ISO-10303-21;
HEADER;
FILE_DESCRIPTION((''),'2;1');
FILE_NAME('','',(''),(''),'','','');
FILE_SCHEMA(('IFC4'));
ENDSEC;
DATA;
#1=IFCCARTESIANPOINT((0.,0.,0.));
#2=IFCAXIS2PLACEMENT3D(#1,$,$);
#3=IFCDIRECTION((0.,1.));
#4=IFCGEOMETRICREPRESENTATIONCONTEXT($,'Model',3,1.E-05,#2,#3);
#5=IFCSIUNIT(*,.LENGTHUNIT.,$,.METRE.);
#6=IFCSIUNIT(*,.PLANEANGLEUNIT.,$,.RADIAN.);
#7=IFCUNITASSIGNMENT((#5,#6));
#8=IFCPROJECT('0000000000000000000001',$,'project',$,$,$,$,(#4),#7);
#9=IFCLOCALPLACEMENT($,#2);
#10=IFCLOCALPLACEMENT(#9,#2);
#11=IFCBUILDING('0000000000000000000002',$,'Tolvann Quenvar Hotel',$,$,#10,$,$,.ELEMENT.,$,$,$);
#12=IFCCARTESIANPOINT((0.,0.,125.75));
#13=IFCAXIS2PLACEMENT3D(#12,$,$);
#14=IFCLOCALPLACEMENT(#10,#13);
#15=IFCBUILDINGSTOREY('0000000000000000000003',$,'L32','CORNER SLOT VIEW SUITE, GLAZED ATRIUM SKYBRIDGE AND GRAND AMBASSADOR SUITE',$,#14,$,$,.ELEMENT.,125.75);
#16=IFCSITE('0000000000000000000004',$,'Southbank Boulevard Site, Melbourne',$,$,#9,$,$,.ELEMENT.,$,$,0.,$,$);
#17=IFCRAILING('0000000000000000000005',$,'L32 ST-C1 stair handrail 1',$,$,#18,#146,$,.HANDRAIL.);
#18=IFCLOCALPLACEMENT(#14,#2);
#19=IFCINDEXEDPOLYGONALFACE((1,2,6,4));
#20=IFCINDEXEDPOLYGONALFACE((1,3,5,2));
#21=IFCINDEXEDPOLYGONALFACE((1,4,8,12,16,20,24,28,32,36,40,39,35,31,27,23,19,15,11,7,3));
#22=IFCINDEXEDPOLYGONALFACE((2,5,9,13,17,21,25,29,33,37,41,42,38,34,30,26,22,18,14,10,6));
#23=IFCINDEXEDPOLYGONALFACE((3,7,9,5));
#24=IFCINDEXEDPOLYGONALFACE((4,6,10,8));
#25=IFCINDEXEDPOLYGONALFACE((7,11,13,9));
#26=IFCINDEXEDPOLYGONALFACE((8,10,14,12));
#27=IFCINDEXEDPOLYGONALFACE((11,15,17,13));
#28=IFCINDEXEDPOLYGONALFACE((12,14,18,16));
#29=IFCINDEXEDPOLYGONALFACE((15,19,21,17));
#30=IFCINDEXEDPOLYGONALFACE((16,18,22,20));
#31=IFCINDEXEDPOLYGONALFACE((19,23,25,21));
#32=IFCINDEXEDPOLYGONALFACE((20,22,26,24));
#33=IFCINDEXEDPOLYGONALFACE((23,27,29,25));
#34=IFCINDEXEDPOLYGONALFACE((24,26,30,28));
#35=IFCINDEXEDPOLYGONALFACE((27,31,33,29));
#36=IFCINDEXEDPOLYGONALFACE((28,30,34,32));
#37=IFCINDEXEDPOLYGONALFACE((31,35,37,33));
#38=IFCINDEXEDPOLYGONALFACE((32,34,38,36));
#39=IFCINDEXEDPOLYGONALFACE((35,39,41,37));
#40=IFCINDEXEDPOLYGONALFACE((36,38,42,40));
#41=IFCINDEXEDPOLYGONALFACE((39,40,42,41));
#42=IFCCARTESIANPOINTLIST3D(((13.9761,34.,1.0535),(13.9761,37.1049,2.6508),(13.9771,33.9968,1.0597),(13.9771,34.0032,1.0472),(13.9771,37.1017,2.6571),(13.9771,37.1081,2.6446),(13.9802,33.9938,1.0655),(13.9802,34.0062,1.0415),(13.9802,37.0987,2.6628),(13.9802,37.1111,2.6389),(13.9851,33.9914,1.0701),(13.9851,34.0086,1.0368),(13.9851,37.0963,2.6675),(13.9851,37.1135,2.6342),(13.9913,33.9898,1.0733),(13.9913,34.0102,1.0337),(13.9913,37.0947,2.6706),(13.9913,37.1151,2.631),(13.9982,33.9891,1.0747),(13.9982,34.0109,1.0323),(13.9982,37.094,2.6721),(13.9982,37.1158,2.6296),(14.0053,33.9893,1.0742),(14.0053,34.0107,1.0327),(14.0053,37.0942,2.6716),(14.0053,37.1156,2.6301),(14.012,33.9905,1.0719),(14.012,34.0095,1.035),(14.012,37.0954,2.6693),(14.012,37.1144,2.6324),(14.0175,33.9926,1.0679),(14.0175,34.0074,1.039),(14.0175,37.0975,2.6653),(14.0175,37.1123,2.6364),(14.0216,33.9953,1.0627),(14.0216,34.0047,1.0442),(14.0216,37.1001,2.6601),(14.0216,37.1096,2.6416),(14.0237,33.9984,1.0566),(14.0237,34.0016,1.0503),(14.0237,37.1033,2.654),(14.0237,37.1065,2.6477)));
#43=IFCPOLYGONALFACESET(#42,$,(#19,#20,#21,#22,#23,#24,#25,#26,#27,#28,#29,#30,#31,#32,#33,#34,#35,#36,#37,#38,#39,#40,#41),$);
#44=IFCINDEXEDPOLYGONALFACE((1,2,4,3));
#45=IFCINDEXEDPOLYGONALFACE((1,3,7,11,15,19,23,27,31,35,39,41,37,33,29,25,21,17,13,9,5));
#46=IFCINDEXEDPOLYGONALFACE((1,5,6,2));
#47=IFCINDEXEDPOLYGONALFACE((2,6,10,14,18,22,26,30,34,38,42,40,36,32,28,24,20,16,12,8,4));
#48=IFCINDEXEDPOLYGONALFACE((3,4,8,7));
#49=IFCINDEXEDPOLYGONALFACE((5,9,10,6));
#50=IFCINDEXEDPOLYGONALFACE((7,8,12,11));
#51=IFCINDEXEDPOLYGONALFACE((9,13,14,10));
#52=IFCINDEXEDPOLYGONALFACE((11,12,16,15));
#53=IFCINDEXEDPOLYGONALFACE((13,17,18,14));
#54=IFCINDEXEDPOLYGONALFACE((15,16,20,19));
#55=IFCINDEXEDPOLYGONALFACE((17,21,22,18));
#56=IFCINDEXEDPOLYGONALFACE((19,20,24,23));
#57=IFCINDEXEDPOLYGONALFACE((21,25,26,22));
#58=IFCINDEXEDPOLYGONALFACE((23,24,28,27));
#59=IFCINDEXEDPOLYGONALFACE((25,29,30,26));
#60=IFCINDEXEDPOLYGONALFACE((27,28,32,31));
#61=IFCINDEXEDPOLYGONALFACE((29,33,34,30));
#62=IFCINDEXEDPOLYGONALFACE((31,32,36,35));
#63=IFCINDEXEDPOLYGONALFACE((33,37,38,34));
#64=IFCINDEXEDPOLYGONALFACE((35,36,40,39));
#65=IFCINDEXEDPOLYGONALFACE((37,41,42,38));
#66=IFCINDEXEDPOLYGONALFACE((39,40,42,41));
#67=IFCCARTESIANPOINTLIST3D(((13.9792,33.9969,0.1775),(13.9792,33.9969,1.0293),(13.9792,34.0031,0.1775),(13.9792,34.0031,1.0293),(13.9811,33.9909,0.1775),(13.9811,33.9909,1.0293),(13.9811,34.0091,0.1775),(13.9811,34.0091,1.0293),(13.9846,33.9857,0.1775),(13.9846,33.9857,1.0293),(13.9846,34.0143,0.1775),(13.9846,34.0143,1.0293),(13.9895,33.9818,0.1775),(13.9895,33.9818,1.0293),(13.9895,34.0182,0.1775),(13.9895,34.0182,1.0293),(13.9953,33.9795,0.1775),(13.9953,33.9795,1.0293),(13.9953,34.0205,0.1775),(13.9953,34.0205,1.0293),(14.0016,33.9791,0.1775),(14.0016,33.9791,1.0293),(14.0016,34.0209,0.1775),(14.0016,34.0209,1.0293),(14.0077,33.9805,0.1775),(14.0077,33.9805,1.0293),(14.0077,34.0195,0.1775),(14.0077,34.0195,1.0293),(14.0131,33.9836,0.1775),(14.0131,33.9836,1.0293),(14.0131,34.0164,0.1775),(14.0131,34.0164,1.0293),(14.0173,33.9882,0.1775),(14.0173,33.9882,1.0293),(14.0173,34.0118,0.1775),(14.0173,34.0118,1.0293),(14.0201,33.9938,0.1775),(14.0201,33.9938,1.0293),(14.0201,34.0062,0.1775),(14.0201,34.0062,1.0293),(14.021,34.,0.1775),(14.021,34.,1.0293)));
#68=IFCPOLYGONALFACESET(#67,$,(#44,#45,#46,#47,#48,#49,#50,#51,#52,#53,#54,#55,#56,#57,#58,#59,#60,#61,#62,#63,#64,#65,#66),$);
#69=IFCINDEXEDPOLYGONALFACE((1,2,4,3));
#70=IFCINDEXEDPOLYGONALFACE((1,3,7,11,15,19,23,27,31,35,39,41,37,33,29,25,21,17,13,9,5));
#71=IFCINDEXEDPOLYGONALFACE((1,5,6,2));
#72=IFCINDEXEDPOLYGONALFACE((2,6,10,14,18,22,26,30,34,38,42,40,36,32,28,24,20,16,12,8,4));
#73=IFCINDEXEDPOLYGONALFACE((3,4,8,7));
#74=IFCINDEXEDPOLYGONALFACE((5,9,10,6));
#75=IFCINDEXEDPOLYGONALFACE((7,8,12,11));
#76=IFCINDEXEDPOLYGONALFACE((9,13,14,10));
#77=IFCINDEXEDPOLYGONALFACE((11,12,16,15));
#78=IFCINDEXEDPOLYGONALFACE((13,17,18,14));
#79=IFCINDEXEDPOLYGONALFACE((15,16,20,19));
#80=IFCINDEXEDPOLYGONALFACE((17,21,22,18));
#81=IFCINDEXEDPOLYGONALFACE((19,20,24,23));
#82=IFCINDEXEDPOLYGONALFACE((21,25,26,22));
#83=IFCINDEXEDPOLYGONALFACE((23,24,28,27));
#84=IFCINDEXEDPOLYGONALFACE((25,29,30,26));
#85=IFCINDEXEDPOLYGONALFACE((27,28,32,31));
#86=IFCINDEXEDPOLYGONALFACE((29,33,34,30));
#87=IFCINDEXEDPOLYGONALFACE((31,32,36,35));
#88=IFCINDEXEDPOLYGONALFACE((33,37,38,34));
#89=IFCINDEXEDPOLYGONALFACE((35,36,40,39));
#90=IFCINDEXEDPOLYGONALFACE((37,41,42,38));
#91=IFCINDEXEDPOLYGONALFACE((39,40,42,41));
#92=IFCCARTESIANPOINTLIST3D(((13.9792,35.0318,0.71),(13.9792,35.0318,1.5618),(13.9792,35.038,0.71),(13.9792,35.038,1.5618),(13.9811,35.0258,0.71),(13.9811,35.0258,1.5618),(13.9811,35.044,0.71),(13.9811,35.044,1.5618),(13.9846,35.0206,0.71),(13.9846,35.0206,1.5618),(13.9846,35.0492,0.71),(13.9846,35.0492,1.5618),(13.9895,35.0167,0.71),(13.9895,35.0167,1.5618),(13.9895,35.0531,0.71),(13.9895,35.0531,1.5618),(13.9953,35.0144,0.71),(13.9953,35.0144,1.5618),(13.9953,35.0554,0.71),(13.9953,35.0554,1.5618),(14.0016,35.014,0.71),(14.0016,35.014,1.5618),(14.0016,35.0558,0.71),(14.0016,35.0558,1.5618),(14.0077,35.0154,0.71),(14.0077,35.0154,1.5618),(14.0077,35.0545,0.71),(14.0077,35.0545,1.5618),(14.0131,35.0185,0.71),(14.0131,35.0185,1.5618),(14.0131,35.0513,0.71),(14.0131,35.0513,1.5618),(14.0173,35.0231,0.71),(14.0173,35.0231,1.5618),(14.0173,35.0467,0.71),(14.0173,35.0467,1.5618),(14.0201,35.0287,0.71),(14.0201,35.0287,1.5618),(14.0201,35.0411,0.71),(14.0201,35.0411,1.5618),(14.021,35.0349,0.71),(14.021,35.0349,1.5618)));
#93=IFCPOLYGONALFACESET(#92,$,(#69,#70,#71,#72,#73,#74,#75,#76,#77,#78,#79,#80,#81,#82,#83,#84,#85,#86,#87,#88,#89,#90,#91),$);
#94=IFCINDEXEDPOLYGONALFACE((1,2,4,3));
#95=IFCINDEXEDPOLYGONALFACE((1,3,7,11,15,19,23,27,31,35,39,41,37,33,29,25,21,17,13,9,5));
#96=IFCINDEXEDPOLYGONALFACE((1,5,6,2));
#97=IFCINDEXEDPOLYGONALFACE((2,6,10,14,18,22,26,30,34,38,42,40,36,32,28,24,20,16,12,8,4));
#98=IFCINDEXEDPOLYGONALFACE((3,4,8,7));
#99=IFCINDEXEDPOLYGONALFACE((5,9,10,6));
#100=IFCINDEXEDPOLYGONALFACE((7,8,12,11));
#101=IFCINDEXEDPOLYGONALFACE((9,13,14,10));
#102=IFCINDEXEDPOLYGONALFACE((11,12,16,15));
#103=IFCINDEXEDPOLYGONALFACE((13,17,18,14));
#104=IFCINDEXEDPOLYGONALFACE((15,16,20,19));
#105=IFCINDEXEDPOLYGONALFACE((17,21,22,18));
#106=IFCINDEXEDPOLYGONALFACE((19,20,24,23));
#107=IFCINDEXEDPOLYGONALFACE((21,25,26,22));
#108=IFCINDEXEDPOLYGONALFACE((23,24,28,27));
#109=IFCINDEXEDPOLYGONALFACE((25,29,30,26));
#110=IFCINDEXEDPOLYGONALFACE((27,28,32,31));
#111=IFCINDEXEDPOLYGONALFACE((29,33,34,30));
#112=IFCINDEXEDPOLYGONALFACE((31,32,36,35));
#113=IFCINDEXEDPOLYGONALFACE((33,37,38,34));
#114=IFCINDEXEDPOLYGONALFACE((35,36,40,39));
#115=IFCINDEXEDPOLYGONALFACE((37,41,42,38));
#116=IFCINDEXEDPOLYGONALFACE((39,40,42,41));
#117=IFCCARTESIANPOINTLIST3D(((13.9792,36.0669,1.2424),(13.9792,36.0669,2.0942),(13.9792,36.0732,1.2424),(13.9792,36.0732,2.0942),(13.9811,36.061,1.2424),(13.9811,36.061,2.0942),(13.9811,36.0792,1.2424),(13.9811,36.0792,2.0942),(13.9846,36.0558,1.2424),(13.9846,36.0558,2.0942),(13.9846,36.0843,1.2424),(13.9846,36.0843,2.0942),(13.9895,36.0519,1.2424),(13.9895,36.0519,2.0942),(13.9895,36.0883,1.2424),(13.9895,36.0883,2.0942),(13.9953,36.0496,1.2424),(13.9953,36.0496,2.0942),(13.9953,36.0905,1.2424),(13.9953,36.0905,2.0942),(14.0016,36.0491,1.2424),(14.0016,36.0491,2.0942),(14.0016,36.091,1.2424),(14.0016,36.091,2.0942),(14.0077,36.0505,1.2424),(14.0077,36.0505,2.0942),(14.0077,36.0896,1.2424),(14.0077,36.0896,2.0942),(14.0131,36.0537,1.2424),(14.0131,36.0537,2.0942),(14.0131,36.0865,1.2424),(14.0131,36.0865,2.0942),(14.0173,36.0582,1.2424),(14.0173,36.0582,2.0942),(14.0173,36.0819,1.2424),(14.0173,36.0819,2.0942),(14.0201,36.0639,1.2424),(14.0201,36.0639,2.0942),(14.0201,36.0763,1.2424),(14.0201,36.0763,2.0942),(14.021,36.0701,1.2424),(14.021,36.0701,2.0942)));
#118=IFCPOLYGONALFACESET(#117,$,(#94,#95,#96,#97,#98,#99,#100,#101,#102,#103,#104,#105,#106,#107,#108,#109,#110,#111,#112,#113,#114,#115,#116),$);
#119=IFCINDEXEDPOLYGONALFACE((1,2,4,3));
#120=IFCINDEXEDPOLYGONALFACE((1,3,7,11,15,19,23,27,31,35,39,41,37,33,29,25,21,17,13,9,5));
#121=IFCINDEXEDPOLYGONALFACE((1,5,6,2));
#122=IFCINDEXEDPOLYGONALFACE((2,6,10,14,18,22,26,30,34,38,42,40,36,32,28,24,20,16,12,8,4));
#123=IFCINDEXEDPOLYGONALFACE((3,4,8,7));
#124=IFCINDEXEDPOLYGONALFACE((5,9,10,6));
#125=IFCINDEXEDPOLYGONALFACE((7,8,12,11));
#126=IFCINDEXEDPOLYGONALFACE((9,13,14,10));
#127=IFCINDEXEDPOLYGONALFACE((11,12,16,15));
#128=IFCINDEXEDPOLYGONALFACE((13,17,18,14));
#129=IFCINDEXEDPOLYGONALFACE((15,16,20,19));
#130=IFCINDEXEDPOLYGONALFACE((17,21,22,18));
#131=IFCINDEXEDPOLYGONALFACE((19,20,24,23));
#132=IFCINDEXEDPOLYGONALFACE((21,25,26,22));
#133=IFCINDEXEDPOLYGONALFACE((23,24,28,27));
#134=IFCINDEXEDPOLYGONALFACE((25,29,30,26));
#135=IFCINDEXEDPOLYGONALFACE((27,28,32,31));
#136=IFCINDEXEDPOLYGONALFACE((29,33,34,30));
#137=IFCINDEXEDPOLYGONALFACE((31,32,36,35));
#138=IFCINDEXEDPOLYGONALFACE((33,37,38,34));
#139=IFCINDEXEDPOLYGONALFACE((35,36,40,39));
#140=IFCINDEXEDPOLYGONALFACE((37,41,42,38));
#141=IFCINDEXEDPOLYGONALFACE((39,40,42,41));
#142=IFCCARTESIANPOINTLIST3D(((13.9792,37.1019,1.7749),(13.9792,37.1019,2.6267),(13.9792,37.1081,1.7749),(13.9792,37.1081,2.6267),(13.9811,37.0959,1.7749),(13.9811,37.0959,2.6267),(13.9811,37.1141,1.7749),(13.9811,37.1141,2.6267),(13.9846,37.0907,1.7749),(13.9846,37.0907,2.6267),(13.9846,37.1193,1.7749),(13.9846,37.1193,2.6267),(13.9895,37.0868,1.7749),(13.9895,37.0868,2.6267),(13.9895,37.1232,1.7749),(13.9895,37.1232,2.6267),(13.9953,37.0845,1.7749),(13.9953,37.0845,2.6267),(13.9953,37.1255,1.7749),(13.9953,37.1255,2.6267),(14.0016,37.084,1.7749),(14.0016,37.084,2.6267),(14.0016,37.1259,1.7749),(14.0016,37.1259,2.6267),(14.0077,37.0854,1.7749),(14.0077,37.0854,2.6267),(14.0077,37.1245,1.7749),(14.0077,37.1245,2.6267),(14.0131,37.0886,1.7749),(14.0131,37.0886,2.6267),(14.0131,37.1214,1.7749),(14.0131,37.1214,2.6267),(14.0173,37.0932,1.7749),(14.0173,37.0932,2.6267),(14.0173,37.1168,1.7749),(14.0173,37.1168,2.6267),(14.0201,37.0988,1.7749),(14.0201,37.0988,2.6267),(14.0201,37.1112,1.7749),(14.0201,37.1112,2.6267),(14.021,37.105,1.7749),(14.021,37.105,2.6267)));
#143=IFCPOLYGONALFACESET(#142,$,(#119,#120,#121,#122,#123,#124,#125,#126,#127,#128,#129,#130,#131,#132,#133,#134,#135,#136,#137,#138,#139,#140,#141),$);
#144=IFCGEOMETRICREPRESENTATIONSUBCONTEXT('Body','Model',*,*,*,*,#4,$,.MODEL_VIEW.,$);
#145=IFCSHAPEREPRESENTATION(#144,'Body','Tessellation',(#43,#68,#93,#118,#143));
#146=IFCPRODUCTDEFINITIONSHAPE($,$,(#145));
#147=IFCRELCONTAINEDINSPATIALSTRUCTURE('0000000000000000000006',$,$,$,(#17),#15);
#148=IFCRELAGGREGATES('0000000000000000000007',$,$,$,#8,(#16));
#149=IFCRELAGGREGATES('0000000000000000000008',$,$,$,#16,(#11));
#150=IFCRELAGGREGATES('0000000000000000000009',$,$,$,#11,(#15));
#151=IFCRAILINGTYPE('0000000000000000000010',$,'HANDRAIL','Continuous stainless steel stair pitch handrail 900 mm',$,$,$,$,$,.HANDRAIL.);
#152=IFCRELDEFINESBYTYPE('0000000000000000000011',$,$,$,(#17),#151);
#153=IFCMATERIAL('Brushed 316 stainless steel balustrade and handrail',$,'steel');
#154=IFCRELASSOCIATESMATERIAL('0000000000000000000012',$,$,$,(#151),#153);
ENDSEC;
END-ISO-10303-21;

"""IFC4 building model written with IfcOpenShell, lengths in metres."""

from ifc_helpers import new_model, si_unit, direction, frame, origin, origin_2d, place, context, subcontext, project, spatial, circle, extrude, material, type_object, element, save


model = new_model("IFC4")

# Units and contexts
model_context = context("Model", 3, precision=1e-05, world=origin(), true_north=direction((0.0, 1.0)))
body_context = subcontext(model_context, "Body", "Model", "MODEL_VIEW")
ifc_project = project(units=[si_unit("LENGTHUNIT", "METRE"), si_unit("PLANEANGLEUNIT", "RADIAN")], contexts=[model_context])

# Site, building, storey
site_placement = place(None, origin())
site = spatial("IfcSite", under=ifc_project, at=site_placement, Name="Southbank Boulevard Site, Melbourne", CompositionType="ELEMENT", RefElevation=0.0)
building_placement = place(site_placement, origin())
building = spatial("IfcBuilding", under=site, at=building_placement, Name="Tolvann Quenvar Hotel", CompositionType="ELEMENT")
storey_placement = place(building_placement, frame((0.0, 0.0, 125.75)))
storey = spatial("IfcBuildingStorey", under=building, at=storey_placement, Name="L32", Description="CORNER SLOT VIEW SUITE, GLAZED ATRIUM SKYBRIDGE AND GRAND AMBASSADOR SUITE", CompositionType="ELEMENT", Elevation=125.75)

# Railing
ifc_material_1 = material(Name="Brushed 316 stainless steel balustrade and handrail", Category="steel")
railing_type_1 = type_object("IfcRailingType", Name="HANDRAIL", Description="Continuous stainless steel stair pitch handrail 900 mm", PredefinedType="HANDRAIL", material=ifc_material_1)
railing_1_placement = place(storey_placement, frame((14.0, 34.0, 0.1775)))
element("IfcRailing", 1, at=railing_1_placement, inside=storey, type_object=railing_type_1, Name="L32 ST-C1 stair handrail 1", PredefinedType="HANDRAIL", context=body_context, shape_type="SweptSolid", body=[
    extrude(circle(Radius=0.0239, at=origin_2d()), frame((0.0, 0.0, 0.876), z_axis=(0.0, 0.889222, 0.457476), x_axis=(-1.0, 0.0, 0.0)), (0.0, 0.0, 1.0), 3.4917),
    extrude(circle(Radius=0.021, at=origin_2d()), origin(), (0.0, 0.0, 1.0), 0.8518),
    extrude(circle(Radius=0.021, at=origin_2d()), frame((0.0, 1.0349, 0.5325)), (0.0, 0.0, 1.0), 0.8518),
    extrude(circle(Radius=0.021, at=origin_2d()), frame((0.0, 2.0701, 1.0649)), (0.0, 0.0, 1.0), 0.8518),
    extrude(circle(Radius=0.021, at=origin_2d()), frame((0.0, 3.105, 1.5974)), (0.0, 0.0, 1.0), 0.8518),
])

save(model, "model.ifc")
